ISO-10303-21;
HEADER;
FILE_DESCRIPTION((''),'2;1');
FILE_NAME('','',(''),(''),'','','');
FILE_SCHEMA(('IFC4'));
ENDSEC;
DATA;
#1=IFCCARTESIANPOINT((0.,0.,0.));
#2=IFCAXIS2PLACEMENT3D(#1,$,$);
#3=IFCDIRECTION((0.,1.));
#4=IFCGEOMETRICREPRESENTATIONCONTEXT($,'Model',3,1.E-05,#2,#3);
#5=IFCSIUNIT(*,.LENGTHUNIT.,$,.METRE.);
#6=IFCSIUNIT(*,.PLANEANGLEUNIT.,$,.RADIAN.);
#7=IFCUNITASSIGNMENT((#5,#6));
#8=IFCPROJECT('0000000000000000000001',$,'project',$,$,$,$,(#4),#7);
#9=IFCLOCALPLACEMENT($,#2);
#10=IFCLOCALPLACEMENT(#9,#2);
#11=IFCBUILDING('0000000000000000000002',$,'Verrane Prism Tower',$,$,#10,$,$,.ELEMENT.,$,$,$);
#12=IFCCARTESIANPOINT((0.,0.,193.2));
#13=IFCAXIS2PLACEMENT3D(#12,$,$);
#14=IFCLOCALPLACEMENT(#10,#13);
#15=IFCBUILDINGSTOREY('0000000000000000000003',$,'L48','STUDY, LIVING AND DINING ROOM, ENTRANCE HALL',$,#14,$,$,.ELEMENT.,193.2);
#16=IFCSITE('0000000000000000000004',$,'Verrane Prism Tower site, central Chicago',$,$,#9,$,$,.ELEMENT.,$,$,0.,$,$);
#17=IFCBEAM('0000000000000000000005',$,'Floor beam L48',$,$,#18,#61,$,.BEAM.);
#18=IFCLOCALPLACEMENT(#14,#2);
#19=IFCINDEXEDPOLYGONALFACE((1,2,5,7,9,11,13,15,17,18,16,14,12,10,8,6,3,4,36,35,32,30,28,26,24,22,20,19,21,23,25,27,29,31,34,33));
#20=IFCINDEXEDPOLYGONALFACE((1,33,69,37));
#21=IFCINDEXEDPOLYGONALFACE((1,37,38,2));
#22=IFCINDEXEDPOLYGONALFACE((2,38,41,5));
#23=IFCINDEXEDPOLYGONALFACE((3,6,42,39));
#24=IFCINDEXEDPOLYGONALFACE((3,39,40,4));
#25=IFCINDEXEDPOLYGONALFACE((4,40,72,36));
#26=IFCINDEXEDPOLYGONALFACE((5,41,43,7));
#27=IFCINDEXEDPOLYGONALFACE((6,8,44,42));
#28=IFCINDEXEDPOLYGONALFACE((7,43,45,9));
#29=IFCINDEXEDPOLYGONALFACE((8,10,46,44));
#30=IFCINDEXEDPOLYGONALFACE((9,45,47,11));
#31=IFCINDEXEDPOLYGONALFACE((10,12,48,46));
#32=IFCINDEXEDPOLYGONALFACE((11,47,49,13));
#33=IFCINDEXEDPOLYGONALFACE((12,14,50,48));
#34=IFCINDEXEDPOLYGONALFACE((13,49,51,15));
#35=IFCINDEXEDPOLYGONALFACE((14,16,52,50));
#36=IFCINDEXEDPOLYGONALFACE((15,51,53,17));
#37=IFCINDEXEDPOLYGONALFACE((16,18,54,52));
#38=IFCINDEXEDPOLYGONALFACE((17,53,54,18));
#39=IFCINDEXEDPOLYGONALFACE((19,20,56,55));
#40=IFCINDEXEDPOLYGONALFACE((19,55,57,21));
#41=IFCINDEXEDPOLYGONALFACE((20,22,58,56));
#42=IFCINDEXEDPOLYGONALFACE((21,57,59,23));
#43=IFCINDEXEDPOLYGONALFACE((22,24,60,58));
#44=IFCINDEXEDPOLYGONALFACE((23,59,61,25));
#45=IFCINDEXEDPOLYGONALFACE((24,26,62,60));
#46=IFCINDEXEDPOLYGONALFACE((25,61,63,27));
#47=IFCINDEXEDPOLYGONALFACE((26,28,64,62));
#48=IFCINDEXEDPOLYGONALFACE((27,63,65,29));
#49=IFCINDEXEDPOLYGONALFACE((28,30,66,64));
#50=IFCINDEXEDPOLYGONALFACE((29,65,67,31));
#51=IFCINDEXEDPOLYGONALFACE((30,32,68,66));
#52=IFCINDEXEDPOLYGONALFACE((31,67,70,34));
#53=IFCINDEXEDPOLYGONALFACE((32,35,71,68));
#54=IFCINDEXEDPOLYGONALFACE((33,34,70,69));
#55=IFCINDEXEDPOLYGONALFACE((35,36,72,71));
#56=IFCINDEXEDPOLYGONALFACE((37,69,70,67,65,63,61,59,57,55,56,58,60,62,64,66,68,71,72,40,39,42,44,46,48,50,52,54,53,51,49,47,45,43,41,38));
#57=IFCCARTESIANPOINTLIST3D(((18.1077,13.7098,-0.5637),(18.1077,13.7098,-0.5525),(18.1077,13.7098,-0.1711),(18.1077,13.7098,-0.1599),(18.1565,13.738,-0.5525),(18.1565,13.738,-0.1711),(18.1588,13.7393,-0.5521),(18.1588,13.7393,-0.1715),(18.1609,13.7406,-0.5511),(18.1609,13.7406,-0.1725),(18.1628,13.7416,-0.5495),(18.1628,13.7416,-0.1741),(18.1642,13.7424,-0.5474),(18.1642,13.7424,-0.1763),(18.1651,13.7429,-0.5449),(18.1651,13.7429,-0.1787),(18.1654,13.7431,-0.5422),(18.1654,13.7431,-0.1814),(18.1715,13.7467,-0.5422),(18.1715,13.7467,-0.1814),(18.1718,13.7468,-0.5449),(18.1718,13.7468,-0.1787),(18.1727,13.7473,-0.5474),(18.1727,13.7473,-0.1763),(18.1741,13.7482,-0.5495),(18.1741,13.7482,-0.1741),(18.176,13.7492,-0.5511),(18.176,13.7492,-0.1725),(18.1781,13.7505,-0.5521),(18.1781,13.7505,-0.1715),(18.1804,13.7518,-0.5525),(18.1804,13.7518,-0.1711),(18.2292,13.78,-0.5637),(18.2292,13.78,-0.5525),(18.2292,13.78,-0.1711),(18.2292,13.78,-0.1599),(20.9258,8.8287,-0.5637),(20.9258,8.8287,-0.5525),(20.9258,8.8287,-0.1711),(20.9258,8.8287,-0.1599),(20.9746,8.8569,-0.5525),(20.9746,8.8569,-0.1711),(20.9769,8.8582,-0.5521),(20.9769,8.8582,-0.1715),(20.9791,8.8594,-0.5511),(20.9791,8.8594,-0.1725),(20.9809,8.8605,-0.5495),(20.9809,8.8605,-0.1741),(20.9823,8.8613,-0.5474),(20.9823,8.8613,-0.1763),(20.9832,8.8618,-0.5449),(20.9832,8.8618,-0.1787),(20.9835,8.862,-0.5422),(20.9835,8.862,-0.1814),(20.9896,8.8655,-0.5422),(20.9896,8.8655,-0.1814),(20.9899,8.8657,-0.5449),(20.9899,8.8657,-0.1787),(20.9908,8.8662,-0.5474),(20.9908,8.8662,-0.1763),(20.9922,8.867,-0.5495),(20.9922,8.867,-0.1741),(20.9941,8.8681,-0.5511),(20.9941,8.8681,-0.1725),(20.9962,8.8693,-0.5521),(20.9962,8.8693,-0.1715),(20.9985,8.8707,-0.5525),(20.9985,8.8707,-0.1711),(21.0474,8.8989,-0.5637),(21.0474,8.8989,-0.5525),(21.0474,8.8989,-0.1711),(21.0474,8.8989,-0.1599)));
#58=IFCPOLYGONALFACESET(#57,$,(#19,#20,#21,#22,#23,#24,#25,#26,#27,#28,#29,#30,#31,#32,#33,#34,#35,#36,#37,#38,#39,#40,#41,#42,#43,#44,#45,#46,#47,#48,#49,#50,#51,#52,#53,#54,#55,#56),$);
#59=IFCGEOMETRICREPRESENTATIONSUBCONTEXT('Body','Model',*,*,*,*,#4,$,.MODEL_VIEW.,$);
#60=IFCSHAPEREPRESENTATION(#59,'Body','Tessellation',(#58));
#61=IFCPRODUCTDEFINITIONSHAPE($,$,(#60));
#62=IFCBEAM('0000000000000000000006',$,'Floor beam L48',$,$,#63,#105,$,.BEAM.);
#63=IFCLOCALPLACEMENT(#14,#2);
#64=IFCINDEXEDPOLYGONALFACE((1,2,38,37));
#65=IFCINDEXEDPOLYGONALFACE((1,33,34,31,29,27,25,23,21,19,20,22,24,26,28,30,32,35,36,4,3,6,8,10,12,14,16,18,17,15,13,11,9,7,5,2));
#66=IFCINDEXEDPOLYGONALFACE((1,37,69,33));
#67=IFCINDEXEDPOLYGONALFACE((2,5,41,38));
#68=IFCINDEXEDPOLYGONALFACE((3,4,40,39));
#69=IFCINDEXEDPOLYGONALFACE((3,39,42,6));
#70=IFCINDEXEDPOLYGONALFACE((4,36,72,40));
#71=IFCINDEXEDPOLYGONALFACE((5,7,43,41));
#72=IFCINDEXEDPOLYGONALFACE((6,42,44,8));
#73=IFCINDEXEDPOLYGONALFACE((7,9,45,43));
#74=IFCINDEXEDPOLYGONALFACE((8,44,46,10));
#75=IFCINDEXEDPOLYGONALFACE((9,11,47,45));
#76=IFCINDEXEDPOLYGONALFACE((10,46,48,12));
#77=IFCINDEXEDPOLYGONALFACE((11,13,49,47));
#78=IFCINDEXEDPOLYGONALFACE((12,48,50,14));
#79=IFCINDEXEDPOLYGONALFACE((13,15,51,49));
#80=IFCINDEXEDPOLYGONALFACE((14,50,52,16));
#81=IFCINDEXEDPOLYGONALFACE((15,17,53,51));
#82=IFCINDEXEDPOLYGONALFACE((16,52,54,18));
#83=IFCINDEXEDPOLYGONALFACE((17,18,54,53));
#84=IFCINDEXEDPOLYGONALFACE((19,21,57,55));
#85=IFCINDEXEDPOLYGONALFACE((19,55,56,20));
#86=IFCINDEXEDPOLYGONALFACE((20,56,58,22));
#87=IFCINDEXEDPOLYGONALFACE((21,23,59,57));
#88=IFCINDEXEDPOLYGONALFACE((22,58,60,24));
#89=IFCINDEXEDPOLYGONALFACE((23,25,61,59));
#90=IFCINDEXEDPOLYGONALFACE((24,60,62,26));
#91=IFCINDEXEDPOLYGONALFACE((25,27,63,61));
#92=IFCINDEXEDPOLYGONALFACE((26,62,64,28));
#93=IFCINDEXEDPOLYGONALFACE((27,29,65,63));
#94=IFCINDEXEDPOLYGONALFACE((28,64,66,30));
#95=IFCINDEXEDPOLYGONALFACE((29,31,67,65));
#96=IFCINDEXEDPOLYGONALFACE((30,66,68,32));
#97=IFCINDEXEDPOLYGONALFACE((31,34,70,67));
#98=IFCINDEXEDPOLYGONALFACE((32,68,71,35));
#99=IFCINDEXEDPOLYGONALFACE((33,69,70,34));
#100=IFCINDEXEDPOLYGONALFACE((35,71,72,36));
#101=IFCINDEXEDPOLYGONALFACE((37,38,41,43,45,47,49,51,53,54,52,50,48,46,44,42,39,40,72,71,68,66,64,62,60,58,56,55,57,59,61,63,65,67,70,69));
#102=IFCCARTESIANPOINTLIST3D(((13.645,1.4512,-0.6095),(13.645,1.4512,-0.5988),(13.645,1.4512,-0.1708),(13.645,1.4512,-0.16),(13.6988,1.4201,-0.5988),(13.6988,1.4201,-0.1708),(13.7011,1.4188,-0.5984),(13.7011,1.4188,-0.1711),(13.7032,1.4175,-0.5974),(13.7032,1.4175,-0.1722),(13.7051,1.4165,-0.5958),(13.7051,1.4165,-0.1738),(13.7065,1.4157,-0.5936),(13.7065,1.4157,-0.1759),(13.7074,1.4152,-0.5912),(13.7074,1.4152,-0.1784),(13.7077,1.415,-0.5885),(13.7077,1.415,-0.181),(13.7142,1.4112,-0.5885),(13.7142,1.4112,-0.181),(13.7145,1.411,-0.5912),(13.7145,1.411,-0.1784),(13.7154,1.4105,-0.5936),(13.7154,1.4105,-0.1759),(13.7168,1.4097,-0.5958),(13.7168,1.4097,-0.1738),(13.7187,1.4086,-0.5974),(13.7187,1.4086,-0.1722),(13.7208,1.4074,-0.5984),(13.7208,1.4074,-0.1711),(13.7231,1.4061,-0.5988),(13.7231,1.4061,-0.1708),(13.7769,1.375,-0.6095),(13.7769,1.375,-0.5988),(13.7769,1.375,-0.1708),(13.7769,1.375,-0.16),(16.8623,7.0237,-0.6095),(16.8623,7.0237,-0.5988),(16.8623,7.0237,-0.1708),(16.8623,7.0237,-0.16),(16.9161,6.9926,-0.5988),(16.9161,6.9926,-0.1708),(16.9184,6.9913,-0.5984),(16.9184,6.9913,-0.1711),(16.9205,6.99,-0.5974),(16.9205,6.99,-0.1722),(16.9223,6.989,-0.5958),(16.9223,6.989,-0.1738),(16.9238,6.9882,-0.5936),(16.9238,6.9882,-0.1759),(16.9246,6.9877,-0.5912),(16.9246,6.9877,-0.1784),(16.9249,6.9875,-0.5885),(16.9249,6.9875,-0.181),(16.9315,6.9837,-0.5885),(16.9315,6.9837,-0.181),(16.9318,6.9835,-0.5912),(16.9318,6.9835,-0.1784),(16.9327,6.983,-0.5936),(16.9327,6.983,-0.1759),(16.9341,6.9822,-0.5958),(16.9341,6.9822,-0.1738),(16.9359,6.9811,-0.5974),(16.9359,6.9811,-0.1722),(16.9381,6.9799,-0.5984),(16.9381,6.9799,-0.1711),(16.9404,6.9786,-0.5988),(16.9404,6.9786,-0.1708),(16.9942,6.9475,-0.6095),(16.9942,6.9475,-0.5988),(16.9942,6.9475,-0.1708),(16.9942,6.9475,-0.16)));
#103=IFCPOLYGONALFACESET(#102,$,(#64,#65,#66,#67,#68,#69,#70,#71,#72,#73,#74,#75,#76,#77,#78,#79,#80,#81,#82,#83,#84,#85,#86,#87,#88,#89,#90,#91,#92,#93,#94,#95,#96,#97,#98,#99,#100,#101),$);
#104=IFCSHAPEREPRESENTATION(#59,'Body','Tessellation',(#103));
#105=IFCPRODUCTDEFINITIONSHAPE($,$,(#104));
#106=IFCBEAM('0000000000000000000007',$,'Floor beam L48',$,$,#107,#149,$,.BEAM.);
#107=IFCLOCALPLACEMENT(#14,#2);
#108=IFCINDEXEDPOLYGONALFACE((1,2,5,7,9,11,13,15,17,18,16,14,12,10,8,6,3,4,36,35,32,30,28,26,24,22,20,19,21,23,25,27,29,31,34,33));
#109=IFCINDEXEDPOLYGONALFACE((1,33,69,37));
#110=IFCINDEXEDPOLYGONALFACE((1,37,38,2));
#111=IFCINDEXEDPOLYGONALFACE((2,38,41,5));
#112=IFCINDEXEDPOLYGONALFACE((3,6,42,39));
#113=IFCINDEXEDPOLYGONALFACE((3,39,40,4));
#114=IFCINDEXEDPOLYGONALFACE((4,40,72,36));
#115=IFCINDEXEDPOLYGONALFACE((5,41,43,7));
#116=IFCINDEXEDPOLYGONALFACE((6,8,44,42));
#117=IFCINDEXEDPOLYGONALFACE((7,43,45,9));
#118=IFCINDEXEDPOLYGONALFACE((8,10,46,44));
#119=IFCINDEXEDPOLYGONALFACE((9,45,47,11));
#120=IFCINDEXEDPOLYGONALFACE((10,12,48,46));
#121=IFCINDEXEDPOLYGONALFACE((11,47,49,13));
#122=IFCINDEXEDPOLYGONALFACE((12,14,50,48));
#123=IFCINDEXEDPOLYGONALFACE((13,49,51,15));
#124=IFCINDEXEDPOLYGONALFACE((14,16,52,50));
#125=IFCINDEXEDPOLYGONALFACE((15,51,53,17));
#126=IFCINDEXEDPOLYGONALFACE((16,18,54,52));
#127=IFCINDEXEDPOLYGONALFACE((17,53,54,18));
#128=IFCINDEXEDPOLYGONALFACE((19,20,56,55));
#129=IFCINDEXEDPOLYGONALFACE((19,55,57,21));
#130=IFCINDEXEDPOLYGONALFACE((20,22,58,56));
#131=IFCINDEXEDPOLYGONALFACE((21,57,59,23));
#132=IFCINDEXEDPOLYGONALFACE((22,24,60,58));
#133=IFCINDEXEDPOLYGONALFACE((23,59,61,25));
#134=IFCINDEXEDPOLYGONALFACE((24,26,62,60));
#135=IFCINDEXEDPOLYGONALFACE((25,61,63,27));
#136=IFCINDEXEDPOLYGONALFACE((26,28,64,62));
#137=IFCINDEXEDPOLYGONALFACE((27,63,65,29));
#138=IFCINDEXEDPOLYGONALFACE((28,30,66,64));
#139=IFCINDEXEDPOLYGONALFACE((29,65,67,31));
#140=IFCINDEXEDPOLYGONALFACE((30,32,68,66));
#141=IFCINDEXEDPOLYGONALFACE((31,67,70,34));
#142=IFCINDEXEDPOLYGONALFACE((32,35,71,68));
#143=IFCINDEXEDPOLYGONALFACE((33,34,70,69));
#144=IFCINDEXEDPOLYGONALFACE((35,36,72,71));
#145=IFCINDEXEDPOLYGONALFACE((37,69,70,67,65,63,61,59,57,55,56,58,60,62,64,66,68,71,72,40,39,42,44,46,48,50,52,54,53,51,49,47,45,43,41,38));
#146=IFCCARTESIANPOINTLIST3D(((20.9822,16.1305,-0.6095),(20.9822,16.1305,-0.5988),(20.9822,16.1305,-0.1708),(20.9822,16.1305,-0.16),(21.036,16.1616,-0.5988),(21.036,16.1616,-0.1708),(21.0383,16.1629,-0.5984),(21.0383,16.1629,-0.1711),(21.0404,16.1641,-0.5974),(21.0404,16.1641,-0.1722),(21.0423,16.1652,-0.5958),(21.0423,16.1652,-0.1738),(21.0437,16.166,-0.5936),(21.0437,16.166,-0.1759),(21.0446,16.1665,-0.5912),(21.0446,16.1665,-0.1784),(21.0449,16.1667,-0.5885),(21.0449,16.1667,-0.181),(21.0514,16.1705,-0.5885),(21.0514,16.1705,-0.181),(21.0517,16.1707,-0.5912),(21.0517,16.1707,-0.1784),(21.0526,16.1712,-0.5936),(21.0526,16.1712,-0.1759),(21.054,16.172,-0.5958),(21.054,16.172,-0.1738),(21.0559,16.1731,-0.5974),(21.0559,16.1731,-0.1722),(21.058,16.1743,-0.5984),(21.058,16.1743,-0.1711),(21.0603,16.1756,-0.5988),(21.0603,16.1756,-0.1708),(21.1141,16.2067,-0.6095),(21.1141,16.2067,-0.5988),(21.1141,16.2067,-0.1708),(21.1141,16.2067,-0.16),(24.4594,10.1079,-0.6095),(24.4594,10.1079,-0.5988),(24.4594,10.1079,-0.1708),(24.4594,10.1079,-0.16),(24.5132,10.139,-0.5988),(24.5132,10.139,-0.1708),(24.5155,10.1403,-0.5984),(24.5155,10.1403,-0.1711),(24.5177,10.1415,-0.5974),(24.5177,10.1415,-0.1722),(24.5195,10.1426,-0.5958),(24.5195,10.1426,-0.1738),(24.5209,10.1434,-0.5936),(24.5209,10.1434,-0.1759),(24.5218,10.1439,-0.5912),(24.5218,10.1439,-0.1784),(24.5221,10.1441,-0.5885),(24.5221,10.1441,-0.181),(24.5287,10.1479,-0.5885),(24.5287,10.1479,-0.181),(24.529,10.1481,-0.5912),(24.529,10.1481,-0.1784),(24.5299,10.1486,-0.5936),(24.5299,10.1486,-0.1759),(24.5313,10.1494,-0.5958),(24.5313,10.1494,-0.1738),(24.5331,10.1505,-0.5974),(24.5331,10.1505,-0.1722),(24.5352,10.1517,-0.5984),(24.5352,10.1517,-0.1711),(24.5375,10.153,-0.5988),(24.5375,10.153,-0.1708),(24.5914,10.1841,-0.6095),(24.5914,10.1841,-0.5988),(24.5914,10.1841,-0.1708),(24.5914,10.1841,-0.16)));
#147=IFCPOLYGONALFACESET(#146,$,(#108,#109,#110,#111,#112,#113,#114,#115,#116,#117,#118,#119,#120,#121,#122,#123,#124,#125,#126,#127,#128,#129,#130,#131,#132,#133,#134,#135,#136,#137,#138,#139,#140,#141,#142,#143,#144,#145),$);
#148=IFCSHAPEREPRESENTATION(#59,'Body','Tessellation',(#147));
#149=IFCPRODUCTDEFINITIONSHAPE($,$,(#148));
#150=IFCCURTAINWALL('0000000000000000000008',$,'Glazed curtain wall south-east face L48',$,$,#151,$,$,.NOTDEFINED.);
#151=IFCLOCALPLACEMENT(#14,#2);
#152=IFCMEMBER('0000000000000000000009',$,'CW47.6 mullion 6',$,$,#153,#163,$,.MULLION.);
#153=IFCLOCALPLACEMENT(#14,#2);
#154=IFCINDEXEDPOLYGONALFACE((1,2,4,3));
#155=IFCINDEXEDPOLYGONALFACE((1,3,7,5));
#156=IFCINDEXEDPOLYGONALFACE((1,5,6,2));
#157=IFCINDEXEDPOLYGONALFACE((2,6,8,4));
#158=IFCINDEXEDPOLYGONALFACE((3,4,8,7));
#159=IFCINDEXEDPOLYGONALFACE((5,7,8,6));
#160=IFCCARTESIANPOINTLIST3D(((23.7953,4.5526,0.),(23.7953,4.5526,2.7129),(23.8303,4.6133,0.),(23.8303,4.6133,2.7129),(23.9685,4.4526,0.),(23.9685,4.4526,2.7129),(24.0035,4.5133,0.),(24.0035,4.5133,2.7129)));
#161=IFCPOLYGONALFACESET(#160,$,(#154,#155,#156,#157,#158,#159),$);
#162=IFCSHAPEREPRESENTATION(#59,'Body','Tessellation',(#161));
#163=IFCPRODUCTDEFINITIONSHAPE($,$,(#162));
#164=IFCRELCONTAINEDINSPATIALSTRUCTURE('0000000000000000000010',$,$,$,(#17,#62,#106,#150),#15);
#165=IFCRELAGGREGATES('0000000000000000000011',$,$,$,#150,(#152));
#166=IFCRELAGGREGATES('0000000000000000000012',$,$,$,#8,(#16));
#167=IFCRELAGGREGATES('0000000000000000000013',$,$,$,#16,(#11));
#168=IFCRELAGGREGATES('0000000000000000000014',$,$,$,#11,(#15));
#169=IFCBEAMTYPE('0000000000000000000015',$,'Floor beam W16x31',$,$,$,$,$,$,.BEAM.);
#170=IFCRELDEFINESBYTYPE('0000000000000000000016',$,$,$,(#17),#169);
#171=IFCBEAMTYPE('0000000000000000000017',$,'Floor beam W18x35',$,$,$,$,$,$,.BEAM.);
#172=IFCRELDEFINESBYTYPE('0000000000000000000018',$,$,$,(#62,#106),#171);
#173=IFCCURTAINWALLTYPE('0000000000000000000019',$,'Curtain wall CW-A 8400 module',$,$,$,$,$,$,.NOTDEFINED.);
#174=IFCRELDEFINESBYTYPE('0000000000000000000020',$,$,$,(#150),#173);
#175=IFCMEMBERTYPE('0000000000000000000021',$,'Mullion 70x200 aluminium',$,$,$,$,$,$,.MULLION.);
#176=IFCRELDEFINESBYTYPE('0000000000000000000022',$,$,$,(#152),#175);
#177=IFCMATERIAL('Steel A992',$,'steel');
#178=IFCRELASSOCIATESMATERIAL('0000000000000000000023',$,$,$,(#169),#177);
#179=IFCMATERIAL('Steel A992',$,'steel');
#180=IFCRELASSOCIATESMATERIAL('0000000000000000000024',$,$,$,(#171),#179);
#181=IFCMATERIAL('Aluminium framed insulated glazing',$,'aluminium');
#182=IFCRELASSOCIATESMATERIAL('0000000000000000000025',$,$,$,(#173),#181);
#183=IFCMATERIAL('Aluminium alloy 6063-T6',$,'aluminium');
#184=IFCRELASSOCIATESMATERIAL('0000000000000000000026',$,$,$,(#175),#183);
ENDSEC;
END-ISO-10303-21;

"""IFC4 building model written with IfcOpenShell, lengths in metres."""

from ifc_helpers import new_model, si_unit, direction, frame, origin, origin_2d, place, context, subcontext, project, spatial, rectangle, i_section, extrude, material, material_profile, profile_set, type_object, element, aggregate, save


model = new_model("IFC4")

# Units and contexts
model_context = context("Model", 3, precision=1e-05, world=origin(), true_north=direction((0.0, 1.0)))
body_context = subcontext(model_context, "Body", "Model", "MODEL_VIEW")
ifc_project = project(units=[si_unit("LENGTHUNIT", "METRE"), si_unit("PLANEANGLEUNIT", "RADIAN")], contexts=[model_context])

# Site, building, storey
site_placement = place(None, origin())
site = spatial("IfcSite", under=ifc_project, at=site_placement, Name="Verrane Prism Tower site, central Chicago", CompositionType="ELEMENT", RefElevation=0.0)
building_placement = place(site_placement, origin())
building = spatial("IfcBuilding", under=site, at=building_placement, Name="Verrane Prism Tower", CompositionType="ELEMENT")
storey_placement = place(building_placement, frame((0.0, 0.0, 193.2)))
storey = spatial("IfcBuildingStorey", under=building, at=storey_placement, Name="L48", Description="STUDY, LIVING AND DINING ROOM, ENTRANCE HALL", CompositionType="ELEMENT", Elevation=193.2)

# Beams
ifc_material_1 = material(Name="Steel A992", Category="steel")
ifc_material_profile_1 = material_profile(ifc_material_1, i_section(OverallWidth=0.1404, OverallDepth=0.4038, WebThickness=0.0071, FlangeThickness=0.0112, FilletRadius=0.0103, at=origin_2d()), Name="W16x31")
ifc_profile_set_1 = profile_set([ifc_material_profile_1], Name="Steel A992")
beam_type_1 = type_object("IfcBeamType", Name="Floor beam W16x31", PredefinedType="BEAM", material=ifc_profile_set_1)
beam_1_placement = place(storey_placement, frame((20.9866, 8.8638, -0.3618), z_axis=(-0.500001, 0.866025, 0.0), x_axis=(-0.866025, -0.500001, 0.0)))
element("IfcBeam", 1, at=beam_1_placement, inside=storey, type_object=beam_type_1, Name="Floor beam L48", PredefinedType="BEAM", context=body_context, shape_type="SweptSolid", body=[
    extrude(i_section(OverallWidth=0.1404, OverallDepth=0.4038, WebThickness=0.0071, FlangeThickness=0.0112, FilletRadius=0.0103, at=origin_2d()), origin(), (0.0, 0.0, 1.0), 5.6362),
])
ifc_material_2 = material(Name="Steel A992", Category="steel")
ifc_material_profile_2 = material_profile(ifc_material_2, i_section(OverallWidth=0.1523, OverallDepth=0.4495, WebThickness=0.0076, FlangeThickness=0.0107, FilletRadius=0.0103, at=origin_2d()), Name="W18x35")
ifc_profile_set_2 = profile_set([ifc_material_profile_2], Name="Steel A992")
beam_type_2 = type_object("IfcBeamType", Name="Floor beam W18x35", PredefinedType="BEAM", material=ifc_profile_set_2)
beam_2_placement = place(storey_placement, frame((13.7109, 1.4131, -0.3848), z_axis=(0.499999, 0.866026, 0.0), x_axis=(-0.866026, 0.499999, 0.0)))
element("IfcBeam", 2, at=beam_2_placement, inside=storey, type_object=beam_type_2, Name="Floor beam L48", PredefinedType="BEAM", context=body_context, shape_type="SweptSolid", body=[
    extrude(i_section(OverallWidth=0.1523, OverallDepth=0.4495, WebThickness=0.0076, FlangeThickness=0.0107, FilletRadius=0.0103, at=origin_2d()), origin(), (0.0, 0.0, 1.0), 6.4346),
])
beam_3_placement = place(storey_placement, frame((24.5254, 10.146, -0.3848), z_axis=(-0.500009, 0.86602, 0.0), x_axis=(-0.86602, -0.500009, 0.0)))
element("IfcBeam", 3, at=beam_3_placement, inside=storey, type_object=beam_type_2, Name="Floor beam L48", PredefinedType="BEAM", context=body_context, shape_type="SweptSolid", body=[
    extrude(i_section(OverallWidth=0.1523, OverallDepth=0.4495, WebThickness=0.0076, FlangeThickness=0.0107, FilletRadius=0.0103, at=origin_2d()), origin(), (0.0, 0.0, 1.0), 6.9543),
])

# Curtain wall, member
ifc_material_3 = material(Name="Aluminium framed insulated glazing", Category="aluminium")
curtain_wall_type = type_object("IfcCurtainWallType", Name="Curtain wall CW-A 8400 module", PredefinedType="NOTDEFINED", material=ifc_material_3)
curtain_wall_placement = place(storey_placement, origin())
curtain_wall = element("IfcCurtainWall", 4, at=curtain_wall_placement, inside=storey, type_object=curtain_wall_type, Name="Glazed curtain wall south-east face L48", PredefinedType="NOTDEFINED")
ifc_material_4 = material(Name="Aluminium alloy 6063-T6", Category="aluminium")
ifc_material_profile_3 = material_profile(ifc_material_4, rectangle(XDim=0.2, YDim=0.0701, at=origin_2d()), Name="Mullion 70x200 aluminium")
ifc_profile_set_3 = profile_set([ifc_material_profile_3], Name="Aluminium alloy 6063-T6")
member_type_1 = type_object("IfcMemberType", Name="Mullion 70x200 aluminium", PredefinedType="MULLION", material=ifc_profile_set_3)
member_1_placement = place(storey_placement, frame((23.8994, 4.533, 0.0), z_axis=(0.0, 0.0, 1.0), x_axis=(-0.866026, 0.5, 0.0)))
member_1 = element("IfcMember", 5, at=member_1_placement, type_object=member_type_1, Name="CW47.6 mullion 6", PredefinedType="MULLION", context=body_context, shape_type="SweptSolid", body=[
    extrude(rectangle(XDim=0.2, YDim=0.0701, at=origin_2d()), origin(), (0.0, 0.0, 1.0), 2.7129),
])

aggregate(curtain_wall, [member_1])

save(model, "model.ifc")
